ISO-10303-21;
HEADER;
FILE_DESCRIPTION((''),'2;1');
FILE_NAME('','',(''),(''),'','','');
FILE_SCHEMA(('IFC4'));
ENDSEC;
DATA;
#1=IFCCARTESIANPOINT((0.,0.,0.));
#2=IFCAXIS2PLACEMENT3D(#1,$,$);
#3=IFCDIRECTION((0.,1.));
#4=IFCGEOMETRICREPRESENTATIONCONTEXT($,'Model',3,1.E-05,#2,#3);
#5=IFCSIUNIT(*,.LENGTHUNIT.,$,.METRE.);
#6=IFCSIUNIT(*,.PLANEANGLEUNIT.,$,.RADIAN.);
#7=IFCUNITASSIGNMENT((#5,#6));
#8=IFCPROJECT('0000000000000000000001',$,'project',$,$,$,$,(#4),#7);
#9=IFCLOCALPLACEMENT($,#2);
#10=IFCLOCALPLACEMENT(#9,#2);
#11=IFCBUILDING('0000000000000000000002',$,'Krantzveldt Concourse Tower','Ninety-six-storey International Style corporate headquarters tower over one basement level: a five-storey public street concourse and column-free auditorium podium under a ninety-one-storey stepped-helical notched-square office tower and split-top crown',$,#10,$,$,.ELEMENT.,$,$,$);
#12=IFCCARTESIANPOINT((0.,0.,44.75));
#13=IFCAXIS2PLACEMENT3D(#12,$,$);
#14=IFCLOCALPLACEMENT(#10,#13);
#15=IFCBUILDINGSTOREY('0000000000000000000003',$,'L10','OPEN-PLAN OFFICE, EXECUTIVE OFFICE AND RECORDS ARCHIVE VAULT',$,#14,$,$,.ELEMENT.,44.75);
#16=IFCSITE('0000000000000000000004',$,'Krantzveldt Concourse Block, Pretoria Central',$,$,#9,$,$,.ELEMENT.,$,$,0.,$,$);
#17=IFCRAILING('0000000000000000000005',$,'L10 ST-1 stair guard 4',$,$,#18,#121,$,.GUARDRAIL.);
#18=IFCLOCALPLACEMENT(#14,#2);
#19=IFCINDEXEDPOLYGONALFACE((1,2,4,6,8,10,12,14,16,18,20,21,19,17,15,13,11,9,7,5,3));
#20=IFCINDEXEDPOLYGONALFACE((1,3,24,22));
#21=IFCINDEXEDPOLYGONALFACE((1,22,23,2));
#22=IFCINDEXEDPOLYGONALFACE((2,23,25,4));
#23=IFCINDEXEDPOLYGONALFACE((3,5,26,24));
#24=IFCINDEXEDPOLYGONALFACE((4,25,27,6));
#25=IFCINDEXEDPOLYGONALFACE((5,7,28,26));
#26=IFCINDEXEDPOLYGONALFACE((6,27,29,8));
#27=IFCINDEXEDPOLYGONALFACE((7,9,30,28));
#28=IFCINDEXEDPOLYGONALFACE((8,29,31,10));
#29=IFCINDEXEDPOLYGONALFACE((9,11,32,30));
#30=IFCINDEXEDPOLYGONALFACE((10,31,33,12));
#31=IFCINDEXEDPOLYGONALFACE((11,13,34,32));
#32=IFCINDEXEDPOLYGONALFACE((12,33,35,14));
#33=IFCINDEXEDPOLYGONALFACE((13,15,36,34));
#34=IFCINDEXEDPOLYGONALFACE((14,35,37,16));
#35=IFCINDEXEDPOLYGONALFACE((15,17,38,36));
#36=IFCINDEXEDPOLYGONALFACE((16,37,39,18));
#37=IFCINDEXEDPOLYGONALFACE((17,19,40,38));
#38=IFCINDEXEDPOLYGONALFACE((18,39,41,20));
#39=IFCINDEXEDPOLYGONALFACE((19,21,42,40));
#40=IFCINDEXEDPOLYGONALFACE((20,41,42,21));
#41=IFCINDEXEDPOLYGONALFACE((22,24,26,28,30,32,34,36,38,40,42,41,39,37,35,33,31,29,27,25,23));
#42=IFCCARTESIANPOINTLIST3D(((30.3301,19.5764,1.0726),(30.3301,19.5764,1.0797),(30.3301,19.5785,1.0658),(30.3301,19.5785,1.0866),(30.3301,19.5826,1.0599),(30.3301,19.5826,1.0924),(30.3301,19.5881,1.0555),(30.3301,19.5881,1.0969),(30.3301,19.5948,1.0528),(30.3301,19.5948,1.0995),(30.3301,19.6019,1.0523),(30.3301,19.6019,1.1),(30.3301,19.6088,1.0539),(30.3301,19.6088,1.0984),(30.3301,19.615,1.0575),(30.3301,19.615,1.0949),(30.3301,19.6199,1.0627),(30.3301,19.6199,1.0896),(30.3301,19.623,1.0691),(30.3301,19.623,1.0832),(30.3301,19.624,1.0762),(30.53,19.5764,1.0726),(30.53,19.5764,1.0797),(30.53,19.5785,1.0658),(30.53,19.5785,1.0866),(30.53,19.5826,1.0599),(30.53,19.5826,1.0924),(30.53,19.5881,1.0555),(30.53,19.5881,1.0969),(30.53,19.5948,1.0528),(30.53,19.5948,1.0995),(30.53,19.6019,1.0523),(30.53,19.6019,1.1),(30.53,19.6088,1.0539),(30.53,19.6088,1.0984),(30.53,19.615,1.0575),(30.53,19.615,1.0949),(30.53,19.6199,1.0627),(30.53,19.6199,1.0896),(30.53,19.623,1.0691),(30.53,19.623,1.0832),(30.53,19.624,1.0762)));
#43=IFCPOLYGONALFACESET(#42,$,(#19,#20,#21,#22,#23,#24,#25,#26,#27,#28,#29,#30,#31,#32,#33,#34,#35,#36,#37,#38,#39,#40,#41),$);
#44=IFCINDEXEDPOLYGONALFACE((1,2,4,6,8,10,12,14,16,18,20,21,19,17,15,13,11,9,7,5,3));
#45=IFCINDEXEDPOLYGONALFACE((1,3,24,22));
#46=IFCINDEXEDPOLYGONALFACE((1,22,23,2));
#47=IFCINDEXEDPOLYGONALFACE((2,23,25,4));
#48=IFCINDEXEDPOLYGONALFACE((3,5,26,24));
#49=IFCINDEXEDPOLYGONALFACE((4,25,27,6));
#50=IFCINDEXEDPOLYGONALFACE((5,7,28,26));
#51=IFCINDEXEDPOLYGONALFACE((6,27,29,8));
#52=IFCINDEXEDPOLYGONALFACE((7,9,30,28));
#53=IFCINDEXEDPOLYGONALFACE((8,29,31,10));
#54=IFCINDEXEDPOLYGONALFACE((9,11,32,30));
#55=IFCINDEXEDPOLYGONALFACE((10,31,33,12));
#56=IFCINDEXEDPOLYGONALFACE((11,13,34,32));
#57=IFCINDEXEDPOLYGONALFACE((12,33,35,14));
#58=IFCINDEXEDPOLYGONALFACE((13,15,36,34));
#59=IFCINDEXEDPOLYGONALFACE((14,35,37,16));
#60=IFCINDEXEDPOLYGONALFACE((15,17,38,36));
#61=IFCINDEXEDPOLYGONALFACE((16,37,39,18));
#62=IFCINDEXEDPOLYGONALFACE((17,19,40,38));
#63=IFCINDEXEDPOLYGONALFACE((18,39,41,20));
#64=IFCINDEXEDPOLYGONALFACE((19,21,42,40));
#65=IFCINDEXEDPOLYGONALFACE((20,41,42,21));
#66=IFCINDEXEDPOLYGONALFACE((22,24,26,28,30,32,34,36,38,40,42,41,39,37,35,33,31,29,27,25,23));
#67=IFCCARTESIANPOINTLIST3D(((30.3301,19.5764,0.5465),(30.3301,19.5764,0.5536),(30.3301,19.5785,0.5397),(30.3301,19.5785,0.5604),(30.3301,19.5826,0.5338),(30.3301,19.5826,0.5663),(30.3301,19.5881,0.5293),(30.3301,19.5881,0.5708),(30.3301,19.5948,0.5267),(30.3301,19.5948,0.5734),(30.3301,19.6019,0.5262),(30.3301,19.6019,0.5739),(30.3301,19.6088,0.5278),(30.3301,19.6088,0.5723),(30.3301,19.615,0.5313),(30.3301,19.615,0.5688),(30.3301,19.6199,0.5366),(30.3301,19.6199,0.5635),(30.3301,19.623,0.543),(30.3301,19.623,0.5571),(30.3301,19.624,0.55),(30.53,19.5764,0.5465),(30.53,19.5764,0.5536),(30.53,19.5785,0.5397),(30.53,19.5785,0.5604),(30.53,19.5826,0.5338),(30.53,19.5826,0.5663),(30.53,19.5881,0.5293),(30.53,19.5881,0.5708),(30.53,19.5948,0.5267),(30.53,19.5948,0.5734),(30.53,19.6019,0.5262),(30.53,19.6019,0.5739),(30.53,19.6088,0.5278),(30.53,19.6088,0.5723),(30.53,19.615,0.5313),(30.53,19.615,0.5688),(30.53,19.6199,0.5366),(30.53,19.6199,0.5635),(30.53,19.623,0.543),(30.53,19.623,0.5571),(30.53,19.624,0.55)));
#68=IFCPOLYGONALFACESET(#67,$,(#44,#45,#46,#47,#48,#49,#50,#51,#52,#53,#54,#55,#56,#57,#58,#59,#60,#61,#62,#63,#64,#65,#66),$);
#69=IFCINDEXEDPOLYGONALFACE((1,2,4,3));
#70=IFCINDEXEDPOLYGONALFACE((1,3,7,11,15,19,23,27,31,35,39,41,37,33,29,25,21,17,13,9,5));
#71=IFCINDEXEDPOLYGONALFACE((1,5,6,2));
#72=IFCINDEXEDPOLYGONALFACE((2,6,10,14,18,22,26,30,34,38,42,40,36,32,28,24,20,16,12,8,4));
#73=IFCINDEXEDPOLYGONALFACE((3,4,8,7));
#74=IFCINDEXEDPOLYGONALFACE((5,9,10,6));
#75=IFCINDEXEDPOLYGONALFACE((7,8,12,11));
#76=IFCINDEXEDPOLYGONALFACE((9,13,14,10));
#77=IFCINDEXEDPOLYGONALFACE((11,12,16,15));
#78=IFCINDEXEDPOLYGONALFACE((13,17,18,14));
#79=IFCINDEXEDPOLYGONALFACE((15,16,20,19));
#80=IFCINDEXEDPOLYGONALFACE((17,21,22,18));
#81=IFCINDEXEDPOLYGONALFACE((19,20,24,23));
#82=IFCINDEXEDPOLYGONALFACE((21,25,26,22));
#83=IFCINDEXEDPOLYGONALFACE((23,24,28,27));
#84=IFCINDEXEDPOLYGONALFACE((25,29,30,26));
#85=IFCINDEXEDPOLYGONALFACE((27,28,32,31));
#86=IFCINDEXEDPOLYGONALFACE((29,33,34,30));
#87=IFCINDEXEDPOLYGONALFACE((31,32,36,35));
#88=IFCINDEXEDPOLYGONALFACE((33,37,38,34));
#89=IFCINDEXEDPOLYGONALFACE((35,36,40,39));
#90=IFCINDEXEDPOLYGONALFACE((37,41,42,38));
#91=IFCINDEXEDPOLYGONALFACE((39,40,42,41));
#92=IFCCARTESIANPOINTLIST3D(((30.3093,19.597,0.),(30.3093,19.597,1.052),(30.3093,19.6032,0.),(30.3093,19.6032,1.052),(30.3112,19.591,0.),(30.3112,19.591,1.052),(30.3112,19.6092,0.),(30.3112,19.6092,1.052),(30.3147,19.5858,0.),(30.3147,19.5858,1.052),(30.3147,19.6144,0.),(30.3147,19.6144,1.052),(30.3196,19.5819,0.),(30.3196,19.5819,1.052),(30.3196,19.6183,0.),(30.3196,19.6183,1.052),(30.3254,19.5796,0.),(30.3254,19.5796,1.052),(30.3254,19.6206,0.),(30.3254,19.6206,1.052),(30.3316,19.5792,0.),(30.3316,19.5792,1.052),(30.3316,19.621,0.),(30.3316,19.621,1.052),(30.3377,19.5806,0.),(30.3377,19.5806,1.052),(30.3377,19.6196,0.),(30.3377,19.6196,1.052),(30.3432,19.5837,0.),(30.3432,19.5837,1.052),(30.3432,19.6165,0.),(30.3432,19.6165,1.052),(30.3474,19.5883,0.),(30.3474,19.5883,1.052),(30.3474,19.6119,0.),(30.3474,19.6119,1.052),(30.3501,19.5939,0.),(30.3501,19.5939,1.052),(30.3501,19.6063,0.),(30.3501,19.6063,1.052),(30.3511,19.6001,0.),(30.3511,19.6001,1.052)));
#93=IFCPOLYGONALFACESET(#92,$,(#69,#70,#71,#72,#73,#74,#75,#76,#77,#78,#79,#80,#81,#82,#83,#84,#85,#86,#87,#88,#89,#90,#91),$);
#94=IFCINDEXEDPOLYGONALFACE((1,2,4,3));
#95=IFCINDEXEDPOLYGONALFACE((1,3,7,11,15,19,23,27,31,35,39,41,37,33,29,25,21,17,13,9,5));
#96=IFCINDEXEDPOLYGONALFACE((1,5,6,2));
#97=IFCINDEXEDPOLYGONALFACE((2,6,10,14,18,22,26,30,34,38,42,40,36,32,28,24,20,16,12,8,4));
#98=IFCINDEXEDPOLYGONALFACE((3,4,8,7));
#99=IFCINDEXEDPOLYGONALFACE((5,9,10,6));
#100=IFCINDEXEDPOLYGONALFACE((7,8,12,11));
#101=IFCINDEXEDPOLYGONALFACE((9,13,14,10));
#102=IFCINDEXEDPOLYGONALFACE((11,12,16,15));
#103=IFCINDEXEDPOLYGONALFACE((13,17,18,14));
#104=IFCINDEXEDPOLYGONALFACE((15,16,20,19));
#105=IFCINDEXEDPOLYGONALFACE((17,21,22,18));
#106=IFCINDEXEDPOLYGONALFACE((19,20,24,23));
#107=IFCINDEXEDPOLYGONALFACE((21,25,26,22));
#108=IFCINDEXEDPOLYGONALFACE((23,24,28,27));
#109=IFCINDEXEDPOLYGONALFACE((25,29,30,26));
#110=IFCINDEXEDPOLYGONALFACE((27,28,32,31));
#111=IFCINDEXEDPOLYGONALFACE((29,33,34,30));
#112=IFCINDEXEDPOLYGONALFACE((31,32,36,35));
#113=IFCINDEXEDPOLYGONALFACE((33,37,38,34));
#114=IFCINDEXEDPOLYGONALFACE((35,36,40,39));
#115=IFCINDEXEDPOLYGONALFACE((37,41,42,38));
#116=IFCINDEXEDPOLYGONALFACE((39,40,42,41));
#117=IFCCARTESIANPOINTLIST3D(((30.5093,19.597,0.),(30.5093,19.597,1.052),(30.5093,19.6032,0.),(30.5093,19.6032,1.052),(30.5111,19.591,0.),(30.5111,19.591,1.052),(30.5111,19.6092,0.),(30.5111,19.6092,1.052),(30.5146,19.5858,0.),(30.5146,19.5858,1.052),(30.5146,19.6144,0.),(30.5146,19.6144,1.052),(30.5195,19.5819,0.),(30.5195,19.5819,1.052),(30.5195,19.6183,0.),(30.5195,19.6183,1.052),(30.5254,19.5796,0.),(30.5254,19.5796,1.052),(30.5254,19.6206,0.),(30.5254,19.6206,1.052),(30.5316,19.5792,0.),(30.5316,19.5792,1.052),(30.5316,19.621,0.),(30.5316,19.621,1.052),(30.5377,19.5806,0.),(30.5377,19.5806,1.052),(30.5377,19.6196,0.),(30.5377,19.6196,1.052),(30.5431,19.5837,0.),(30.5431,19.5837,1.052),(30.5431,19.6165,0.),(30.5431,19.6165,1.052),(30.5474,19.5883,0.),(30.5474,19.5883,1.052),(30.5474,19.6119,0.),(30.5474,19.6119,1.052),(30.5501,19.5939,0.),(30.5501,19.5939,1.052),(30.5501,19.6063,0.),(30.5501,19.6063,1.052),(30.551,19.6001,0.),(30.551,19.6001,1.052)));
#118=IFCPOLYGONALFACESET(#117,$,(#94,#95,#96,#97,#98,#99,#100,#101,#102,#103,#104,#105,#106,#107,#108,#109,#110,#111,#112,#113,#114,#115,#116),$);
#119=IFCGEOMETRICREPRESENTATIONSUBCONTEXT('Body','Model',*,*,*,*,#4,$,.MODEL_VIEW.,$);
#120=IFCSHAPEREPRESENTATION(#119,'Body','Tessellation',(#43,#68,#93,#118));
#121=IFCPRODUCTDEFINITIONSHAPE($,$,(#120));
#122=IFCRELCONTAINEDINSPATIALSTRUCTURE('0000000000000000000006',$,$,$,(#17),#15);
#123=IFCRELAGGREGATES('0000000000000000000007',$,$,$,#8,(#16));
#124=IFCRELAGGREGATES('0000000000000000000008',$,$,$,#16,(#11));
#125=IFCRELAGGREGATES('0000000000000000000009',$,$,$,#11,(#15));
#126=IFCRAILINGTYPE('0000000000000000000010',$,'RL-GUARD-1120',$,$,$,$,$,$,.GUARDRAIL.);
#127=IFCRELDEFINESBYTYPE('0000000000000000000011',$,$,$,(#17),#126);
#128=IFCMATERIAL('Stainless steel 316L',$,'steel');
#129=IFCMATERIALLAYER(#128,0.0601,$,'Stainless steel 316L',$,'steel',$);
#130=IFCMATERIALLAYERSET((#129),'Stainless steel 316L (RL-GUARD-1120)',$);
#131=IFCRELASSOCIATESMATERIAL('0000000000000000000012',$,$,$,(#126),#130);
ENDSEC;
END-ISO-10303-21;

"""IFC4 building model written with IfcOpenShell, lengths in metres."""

from ifc_helpers import new_model, si_unit, direction, frame, origin, origin_2d, place, context, subcontext, project, spatial, circle, extrude, material, layer, layer_set, type_object, element, save


model = new_model("IFC4")

# Units and contexts
model_context = context("Model", 3, precision=1e-05, world=origin(), true_north=direction((0.0, 1.0)))
body_context = subcontext(model_context, "Body", "Model", "MODEL_VIEW")
ifc_project = project(units=[si_unit("LENGTHUNIT", "METRE"), si_unit("PLANEANGLEUNIT", "RADIAN")], contexts=[model_context])

# Site, building, storey
site_placement = place(None, origin())
site = spatial("IfcSite", under=ifc_project, at=site_placement, Name="Krantzveldt Concourse Block, Pretoria Central", CompositionType="ELEMENT", RefElevation=0.0)
building_placement = place(site_placement, origin())
building = spatial("IfcBuilding", under=site, at=building_placement, Name="Krantzveldt Concourse Tower", Description="Ninety-six-storey International Style corporate headquarters tower over one basement level: a five-storey public street concourse and column-free auditorium podium under a ninety-one-storey stepped-helical notched-square office tower and split-top crown", CompositionType="ELEMENT")
storey_placement = place(building_placement, frame((0.0, 0.0, 44.75)))
storey = spatial("IfcBuildingStorey", under=building, at=storey_placement, Name="L10", Description="OPEN-PLAN OFFICE, EXECUTIVE OFFICE AND RECORDS ARCHIVE VAULT", CompositionType="ELEMENT", Elevation=44.75)

# Railing
ifc_material_1 = material(Name="Stainless steel 316L", Category="steel")
ifc_layer_1 = layer(ifc_material_1, 0.0601, Name="Stainless steel 316L", Category="steel")
ifc_layer_set_1 = layer_set([ifc_layer_1], Name="Stainless steel 316L (RL-GUARD-1120)")
railing_type_1 = type_object("IfcRailingType", Name="RL-GUARD-1120", PredefinedType="GUARDRAIL", material=ifc_layer_set_1)
railing_1_placement = place(storey_placement, frame((30.3301, 19.6001, 0.0)))
element("IfcRailing", 1, at=railing_1_placement, inside=storey, type_object=railing_type_1, Name="L10 ST-1 stair guard 4", PredefinedType="GUARDRAIL", context=body_context, shape_type="SweptSolid", body=[
    extrude(circle(Radius=0.0239, at=origin_2d()), frame((0.0, 0.0, 1.0762), z_axis=(1.0, 0.0, 0.0), x_axis=(0.0, 1.0, 0.0)), (0.0, 0.0, 1.0), 0.2),
    extrude(circle(Radius=0.0239, at=origin_2d()), frame((0.0, 0.0, 0.55), z_axis=(1.0, 0.0, 0.0), x_axis=(0.0, 1.0, 0.0)), (0.0, 0.0, 1.0), 0.2),
    extrude(circle(Radius=0.021, at=origin_2d()), origin(), (0.0, 0.0, 1.0), 1.052),
    extrude(circle(Radius=0.021, at=origin_2d()), frame((0.2, 0.0, 0.0)), (0.0, 0.0, 1.0), 1.052),
])

save(model, "model.ifc")
